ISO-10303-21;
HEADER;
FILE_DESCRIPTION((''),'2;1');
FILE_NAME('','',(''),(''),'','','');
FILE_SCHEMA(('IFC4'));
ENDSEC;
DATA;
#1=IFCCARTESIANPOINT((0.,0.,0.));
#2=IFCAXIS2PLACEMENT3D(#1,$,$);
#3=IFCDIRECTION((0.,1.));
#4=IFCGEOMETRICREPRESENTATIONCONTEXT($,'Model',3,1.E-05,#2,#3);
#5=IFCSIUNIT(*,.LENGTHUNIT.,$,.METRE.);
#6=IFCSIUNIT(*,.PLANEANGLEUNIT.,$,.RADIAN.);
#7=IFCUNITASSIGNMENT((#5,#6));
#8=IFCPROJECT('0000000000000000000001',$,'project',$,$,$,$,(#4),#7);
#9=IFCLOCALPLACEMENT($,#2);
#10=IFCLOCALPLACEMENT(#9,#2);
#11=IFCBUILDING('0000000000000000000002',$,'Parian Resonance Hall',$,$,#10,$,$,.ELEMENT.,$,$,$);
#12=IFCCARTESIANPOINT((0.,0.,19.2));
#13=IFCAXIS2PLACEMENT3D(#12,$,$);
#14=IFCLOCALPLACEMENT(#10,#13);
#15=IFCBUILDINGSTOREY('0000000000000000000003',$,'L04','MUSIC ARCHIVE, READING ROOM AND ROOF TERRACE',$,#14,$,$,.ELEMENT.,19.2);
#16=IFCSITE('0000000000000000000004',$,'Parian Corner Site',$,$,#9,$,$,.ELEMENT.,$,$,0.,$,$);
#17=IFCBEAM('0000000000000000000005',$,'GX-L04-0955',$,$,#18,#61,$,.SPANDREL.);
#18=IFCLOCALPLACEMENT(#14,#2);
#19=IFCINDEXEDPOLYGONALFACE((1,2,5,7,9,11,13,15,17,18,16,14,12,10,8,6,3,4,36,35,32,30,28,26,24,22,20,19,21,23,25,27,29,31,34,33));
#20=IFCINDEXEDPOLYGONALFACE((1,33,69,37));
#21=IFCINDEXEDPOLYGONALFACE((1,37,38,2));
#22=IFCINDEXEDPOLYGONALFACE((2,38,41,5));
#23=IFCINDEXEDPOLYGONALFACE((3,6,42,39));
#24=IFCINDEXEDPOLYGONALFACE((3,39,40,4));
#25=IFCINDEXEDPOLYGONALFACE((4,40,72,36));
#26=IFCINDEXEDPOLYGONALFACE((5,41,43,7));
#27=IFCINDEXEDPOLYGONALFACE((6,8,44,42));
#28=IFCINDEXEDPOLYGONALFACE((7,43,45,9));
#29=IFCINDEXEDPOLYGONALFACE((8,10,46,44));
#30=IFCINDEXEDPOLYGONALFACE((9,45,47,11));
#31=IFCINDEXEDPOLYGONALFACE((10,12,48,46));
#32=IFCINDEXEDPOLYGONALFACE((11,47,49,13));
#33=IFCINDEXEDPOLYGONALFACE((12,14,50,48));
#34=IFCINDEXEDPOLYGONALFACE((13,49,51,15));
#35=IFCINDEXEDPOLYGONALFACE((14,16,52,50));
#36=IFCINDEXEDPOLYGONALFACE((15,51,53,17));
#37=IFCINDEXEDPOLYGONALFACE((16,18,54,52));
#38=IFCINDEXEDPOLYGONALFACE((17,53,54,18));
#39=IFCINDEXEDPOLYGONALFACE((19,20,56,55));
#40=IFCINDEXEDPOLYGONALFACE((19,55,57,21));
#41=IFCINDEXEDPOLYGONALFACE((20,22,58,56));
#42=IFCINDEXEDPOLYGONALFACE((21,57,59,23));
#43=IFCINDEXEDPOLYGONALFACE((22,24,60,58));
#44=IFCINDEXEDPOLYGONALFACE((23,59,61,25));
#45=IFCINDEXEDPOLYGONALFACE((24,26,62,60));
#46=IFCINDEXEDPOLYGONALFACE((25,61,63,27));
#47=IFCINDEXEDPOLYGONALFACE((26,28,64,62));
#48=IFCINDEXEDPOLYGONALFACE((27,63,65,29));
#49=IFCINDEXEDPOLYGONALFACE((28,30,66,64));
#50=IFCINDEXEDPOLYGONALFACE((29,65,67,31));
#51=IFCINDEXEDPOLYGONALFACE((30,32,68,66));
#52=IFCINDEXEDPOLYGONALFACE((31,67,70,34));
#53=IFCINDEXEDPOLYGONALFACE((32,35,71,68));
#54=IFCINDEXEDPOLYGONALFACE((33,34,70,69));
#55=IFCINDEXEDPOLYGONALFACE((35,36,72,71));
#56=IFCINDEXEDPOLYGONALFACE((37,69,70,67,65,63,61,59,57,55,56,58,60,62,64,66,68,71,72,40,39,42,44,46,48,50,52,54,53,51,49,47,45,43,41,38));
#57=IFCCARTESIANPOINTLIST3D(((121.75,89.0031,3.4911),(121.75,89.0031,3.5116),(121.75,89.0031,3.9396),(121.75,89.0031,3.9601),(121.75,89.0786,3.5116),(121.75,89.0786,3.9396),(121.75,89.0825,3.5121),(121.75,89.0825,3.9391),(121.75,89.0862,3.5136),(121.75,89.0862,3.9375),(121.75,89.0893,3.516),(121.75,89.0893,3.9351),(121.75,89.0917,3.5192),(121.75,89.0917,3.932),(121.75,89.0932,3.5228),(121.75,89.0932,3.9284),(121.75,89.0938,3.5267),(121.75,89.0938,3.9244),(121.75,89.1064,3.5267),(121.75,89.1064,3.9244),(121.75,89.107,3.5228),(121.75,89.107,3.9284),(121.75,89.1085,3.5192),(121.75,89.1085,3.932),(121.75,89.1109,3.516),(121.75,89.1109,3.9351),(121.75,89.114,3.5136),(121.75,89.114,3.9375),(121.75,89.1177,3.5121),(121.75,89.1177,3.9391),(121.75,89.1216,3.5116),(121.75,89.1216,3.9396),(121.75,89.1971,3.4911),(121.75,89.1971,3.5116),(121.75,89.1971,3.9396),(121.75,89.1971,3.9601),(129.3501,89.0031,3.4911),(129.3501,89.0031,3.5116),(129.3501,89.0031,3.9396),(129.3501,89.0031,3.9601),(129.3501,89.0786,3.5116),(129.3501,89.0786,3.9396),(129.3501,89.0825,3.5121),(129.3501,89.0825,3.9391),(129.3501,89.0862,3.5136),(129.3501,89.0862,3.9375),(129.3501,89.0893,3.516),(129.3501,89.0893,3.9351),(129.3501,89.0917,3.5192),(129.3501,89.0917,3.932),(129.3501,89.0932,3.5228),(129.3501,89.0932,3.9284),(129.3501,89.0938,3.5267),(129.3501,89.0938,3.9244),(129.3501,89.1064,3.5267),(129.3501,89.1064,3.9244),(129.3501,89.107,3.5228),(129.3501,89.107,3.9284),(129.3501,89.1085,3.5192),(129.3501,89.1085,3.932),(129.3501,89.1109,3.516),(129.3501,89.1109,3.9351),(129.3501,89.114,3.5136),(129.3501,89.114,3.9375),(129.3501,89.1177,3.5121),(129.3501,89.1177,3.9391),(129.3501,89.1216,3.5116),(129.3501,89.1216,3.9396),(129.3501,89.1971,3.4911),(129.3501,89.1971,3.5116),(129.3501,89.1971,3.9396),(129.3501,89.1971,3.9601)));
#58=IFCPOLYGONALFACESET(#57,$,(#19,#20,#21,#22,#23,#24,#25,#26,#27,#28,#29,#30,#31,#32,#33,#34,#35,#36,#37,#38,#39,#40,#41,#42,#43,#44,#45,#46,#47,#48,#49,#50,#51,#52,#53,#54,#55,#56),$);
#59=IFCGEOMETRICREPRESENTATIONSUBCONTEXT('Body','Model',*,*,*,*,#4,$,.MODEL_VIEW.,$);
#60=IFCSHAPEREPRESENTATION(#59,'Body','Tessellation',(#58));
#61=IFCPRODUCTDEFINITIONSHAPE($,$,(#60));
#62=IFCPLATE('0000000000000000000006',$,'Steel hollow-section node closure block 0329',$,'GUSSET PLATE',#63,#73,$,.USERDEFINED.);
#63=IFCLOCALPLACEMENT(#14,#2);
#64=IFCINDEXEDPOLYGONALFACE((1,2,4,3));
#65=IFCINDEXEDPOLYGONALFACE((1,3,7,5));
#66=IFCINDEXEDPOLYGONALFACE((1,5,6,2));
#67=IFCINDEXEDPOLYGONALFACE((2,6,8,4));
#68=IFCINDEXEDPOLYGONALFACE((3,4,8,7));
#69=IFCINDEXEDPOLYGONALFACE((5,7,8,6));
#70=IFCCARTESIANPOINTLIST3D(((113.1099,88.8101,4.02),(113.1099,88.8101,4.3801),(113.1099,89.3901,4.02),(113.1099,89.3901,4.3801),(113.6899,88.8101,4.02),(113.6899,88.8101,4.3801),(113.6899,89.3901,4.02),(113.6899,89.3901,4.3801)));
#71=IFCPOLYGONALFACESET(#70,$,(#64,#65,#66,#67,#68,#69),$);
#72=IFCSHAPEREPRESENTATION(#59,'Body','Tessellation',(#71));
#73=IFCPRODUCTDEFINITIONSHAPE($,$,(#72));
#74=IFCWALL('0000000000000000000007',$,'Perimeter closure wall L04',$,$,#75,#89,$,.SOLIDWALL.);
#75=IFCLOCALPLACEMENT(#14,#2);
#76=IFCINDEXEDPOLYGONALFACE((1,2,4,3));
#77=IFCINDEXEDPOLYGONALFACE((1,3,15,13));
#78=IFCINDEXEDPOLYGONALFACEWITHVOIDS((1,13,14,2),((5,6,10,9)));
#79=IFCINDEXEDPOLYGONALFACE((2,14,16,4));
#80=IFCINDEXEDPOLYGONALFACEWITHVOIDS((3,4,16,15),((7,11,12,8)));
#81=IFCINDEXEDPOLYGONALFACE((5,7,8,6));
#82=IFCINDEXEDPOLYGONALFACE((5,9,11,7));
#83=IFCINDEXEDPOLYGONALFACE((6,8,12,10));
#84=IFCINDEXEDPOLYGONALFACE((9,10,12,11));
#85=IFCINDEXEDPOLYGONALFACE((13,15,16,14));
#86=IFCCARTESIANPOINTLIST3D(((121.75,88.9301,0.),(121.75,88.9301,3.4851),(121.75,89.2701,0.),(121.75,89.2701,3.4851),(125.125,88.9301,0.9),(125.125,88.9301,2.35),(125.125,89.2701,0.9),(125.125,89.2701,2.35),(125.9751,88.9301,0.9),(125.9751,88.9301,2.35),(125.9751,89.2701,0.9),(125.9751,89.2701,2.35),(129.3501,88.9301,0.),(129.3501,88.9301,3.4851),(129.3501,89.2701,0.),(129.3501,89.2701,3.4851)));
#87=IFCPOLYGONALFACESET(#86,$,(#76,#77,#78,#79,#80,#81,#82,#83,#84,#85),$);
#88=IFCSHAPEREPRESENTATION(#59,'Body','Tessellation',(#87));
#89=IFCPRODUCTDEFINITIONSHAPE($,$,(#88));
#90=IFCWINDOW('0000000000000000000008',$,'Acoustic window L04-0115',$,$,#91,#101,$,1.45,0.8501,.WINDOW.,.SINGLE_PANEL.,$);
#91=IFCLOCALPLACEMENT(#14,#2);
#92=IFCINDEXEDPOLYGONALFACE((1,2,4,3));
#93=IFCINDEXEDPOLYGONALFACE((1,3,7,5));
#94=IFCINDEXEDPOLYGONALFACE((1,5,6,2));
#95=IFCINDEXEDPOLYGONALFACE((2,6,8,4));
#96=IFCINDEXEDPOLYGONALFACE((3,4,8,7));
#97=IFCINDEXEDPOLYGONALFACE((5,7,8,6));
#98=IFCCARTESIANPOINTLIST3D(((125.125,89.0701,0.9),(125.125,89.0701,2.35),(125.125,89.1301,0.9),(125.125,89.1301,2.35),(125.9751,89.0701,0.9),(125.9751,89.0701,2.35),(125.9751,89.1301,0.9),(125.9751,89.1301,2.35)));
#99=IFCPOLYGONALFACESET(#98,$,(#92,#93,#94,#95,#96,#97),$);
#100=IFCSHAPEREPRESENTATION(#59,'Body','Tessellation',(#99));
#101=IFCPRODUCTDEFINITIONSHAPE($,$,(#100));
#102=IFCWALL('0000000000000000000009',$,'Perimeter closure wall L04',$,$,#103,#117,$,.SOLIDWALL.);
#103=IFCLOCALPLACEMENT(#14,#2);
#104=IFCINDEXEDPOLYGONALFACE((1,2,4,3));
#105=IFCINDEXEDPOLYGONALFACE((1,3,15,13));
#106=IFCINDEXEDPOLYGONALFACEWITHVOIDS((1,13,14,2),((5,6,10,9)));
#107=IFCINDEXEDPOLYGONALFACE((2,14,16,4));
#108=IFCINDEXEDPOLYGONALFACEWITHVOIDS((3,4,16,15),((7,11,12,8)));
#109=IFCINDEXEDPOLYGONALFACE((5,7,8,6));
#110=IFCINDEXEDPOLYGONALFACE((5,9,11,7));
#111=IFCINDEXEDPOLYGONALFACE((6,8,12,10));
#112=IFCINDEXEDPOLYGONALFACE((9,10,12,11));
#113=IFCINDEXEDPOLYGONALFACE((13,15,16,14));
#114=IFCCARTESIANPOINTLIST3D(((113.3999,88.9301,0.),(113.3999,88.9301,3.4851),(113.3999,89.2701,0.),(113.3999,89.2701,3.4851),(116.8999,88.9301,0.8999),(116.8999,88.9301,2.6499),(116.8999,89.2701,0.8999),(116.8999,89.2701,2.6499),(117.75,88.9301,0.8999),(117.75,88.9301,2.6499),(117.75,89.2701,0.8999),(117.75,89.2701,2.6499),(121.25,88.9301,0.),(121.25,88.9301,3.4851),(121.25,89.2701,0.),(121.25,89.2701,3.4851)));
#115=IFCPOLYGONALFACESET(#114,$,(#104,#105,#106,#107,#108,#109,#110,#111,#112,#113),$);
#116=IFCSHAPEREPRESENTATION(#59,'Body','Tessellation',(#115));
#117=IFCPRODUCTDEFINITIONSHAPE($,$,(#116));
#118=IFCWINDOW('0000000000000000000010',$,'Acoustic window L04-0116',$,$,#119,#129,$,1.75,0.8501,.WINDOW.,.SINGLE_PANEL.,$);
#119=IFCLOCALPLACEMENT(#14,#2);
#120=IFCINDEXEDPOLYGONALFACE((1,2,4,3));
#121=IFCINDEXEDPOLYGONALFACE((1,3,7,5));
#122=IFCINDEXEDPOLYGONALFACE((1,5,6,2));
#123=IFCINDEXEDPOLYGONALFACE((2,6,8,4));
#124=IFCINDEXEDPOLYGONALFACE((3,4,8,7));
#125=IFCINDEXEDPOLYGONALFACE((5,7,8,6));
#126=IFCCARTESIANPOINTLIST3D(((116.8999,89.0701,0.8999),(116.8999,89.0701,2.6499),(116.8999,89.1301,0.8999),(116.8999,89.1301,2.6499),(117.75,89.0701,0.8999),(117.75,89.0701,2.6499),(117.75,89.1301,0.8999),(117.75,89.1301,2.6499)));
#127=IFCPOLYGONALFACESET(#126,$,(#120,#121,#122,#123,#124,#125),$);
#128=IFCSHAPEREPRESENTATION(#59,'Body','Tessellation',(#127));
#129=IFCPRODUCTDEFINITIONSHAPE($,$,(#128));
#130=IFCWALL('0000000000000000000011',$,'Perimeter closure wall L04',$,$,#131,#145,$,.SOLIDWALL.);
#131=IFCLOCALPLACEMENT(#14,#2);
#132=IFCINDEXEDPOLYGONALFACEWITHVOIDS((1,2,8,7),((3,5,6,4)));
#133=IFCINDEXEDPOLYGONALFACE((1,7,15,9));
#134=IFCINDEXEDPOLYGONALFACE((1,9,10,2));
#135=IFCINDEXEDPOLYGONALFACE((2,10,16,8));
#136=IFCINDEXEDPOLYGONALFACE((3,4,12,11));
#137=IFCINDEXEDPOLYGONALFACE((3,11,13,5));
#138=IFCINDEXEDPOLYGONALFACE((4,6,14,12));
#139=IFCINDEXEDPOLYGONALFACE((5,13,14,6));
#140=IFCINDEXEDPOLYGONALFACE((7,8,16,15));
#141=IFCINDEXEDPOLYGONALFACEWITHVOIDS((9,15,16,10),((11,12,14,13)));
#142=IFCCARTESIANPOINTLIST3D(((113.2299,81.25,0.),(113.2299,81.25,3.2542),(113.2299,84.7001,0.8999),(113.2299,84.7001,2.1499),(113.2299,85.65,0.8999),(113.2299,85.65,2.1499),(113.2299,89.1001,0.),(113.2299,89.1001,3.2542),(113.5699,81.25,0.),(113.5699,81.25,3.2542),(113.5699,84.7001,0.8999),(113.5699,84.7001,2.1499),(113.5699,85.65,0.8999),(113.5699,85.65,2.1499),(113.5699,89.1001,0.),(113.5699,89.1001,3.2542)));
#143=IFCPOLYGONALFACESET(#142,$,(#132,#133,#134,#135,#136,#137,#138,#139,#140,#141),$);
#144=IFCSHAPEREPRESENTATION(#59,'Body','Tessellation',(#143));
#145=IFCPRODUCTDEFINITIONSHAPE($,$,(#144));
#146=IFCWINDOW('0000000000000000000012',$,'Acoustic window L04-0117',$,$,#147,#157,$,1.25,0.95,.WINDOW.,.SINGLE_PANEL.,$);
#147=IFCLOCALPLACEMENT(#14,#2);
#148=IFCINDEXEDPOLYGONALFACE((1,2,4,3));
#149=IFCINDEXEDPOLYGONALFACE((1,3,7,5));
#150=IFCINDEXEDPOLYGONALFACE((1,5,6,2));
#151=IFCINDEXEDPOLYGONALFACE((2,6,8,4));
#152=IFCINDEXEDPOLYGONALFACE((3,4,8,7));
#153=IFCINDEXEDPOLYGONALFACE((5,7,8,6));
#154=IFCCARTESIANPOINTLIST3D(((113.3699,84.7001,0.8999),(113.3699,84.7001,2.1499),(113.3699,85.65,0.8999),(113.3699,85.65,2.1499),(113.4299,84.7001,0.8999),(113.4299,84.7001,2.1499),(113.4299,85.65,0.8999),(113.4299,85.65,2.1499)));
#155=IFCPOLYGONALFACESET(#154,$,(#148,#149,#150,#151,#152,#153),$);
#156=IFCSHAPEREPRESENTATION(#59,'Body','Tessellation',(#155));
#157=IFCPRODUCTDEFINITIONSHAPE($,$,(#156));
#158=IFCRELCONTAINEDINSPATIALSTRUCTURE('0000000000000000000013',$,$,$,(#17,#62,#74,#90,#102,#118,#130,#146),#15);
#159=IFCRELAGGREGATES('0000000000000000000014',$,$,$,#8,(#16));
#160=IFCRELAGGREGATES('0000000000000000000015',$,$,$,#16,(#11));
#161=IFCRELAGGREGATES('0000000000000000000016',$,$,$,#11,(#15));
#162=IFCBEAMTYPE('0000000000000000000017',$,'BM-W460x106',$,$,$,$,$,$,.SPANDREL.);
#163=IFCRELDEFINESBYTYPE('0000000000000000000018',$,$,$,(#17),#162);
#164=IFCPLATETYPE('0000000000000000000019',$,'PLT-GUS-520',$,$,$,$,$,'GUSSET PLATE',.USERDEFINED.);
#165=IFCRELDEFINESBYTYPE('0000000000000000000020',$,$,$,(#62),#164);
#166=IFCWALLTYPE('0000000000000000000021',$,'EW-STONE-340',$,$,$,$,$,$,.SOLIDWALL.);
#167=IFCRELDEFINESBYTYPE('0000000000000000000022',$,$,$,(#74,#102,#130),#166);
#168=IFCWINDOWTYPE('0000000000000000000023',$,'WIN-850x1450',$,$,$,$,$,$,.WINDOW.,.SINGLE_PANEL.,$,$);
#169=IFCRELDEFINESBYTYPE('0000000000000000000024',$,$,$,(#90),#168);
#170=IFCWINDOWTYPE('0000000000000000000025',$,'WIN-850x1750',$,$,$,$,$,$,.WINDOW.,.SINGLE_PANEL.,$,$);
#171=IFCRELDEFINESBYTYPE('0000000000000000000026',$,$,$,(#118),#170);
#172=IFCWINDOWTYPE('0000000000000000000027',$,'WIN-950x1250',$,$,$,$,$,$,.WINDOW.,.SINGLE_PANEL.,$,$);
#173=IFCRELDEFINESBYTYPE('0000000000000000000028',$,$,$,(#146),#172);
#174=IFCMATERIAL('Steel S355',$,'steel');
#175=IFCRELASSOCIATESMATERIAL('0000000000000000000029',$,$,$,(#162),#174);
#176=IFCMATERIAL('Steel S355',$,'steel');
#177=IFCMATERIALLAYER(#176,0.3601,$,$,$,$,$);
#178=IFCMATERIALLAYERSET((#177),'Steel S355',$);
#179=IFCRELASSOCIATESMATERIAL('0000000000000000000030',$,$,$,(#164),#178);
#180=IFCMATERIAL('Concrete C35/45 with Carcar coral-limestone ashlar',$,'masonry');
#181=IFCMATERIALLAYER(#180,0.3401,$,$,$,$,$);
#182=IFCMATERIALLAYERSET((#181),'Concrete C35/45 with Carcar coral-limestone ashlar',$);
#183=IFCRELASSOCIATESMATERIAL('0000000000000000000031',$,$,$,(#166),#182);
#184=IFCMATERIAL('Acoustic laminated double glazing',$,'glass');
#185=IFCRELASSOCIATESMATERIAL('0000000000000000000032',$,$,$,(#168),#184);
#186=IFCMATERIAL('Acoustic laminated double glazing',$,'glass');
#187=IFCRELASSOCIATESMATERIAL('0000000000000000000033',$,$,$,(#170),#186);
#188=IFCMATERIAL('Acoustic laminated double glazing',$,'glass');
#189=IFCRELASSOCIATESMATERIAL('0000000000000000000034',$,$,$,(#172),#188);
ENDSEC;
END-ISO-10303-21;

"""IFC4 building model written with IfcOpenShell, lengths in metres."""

from ifc_helpers import new_model, si_unit, direction, frame, frame_2d, origin, origin_2d, place, context, subcontext, project, spatial, rectangle, i_section, extrude, material, layer, layer_set, material_profile, profile_set, type_object, element, fill, save


model = new_model("IFC4")

# Units and contexts
model_context = context("Model", 3, precision=1e-05, world=origin(), true_north=direction((0.0, 1.0)))
body_context = subcontext(model_context, "Body", "Model", "MODEL_VIEW")
ifc_project = project(units=[si_unit("LENGTHUNIT", "METRE"), si_unit("PLANEANGLEUNIT", "RADIAN")], contexts=[model_context])

# Site, building, storey
site_placement = place(None, origin())
site = spatial("IfcSite", under=ifc_project, at=site_placement, Name="Parian Corner Site", CompositionType="ELEMENT", RefElevation=0.0)
building_placement = place(site_placement, origin())
building = spatial("IfcBuilding", under=site, at=building_placement, Name="Parian Resonance Hall", CompositionType="ELEMENT")
storey_placement = place(building_placement, frame((0.0, 0.0, 19.2)))
storey = spatial("IfcBuildingStorey", under=building, at=storey_placement, Name="L04", Description="MUSIC ARCHIVE, READING ROOM AND ROOF TERRACE", CompositionType="ELEMENT", Elevation=19.2)

# Beam
ifc_material_1 = material(Name="Steel S355", Category="steel")
ifc_material_profile_1 = material_profile(ifc_material_1, i_section(OverallWidth=0.1941, OverallDepth=0.469, WebThickness=0.0127, FlangeThickness=0.0205, FilletRadius=0.0151, at=origin_2d()), Name="W460x106")
ifc_profile_set_1 = profile_set([ifc_material_profile_1], Name="Steel S355")
beam_type_1 = type_object("IfcBeamType", Name="BM-W460x106", PredefinedType="SPANDREL", material=ifc_profile_set_1)
beam_1_placement = place(storey_placement, frame((121.75, 89.1001, 3.7256), z_axis=(1.0, 0.0, 0.0), x_axis=(0.0, 1.0, 0.0)))
element("IfcBeam", 1, at=beam_1_placement, inside=storey, type_object=beam_type_1, Name="GX-L04-0955", PredefinedType="SPANDREL", context=body_context, shape_type="SweptSolid", body=[
    extrude(i_section(OverallWidth=0.1941, OverallDepth=0.469, WebThickness=0.0127, FlangeThickness=0.0205, FilletRadius=0.0151, at=origin_2d()), origin(), (0.0, 0.0, 1.0), 7.6001),
])

# Plate
ifc_material_2 = material(Name="Steel S355", Category="steel")
ifc_layer_1 = layer(ifc_material_2, 0.3601)
ifc_layer_set_1 = layer_set([ifc_layer_1], Name="Steel S355")
plate_type = type_object("IfcPlateType", Name="PLT-GUS-520", ElementType="GUSSET PLATE", PredefinedType="USERDEFINED", material=ifc_layer_set_1)
plate_placement = place(storey_placement, frame((113.3999, 89.1001, 4.02), z_axis=(0.0, 0.0, 1.0), x_axis=(1.0, 0.0, 0.0)))
element("IfcPlate", 2, at=plate_placement, inside=storey, type_object=plate_type, Name="Steel hollow-section node closure block 0329", ObjectType="GUSSET PLATE", PredefinedType="USERDEFINED", context=body_context, shape_type="SweptSolid", body=[
    extrude(rectangle(XDim=0.5801, YDim=0.5801, at=origin_2d()), origin(), (0.0, 0.0, 1.0), 0.3601),
])

# Walls, openings, windows
ifc_material_3 = material(Name="Concrete C35/45 with Carcar coral-limestone ashlar", Category="masonry")
ifc_layer_2 = layer(ifc_material_3, 0.3401)
ifc_layer_set_2 = layer_set([ifc_layer_2], Name="Concrete C35/45 with Carcar coral-limestone ashlar")
wall_type = type_object("IfcWallType", Name="EW-STONE-340", PredefinedType="SOLIDWALL", material=ifc_layer_set_2)
wall_1_placement = place(storey_placement, frame((129.3501, 89.1001, 0.0), z_axis=(0.0, 0.0, 1.0), x_axis=(-1.0, 0.0, 0.0)))
wall_1 = element("IfcWall", 3, at=wall_1_placement, inside=storey, type_object=wall_type, Name="Perimeter closure wall L04", PredefinedType="SOLIDWALL", context=body_context, shape_type="SweptSolid", body=[
    extrude(rectangle(XDim=7.6001, YDim=0.3401, at=frame_2d((3.8, 0.0))), origin(), (0.0, 0.0, 1.0), 3.4851),
])
opening_1_placement = place(wall_1_placement, frame((3.375, 0.0, 0.8999)))
opening_1 = element("IfcOpeningElement", 4, at=opening_1_placement, cuts=wall_1, PredefinedType="OPENING", context=body_context, shape_type="SweptSolid", body=[
    extrude(rectangle(XDim=0.8501, YDim=1.45, at=frame_2d((0.425, 0.7251))), frame((0.0, 0.1799, 0.0), z_axis=(0.0, -1.0, 0.0), x_axis=(1.0, 0.0, 0.0)), (0.0, 0.0, 1.0), 0.3601),
])
ifc_material_4 = material(Name="Acoustic laminated double glazing", Category="glass")
window_type_1 = type_object("IfcWindowType", Name="WIN-850x1450", PartitioningType="SINGLE_PANEL", PredefinedType="WINDOW", material=ifc_material_4)
window_1_placement = place(opening_1_placement, origin())
window_1 = element("IfcWindow", 5, at=window_1_placement, inside=storey, type_object=window_type_1, Name="Acoustic window L04-0115", OverallHeight=1.45, OverallWidth=0.8501, PartitioningType="SINGLE_PANEL", PredefinedType="WINDOW", context=body_context, shape_type="SweptSolid", body=[
    extrude(rectangle(XDim=0.8501, YDim=1.45, at=frame_2d((0.425, 0.7251))), frame((0.0, 0.03, 0.0), z_axis=(0.0, -1.0, 0.0), x_axis=(1.0, 0.0, 0.0)), (0.0, 0.0, 1.0), 0.0601),
])
fill(opening_1, window_1)
wall_2_placement = place(storey_placement, frame((121.25, 89.1001, 0.0), z_axis=(0.0, 0.0, 1.0), x_axis=(-1.0, 0.0, 0.0)))
wall_2 = element("IfcWall", 6, at=wall_2_placement, inside=storey, type_object=wall_type, Name="Perimeter closure wall L04", PredefinedType="SOLIDWALL", context=body_context, shape_type="SweptSolid", body=[
    extrude(rectangle(XDim=7.8501, YDim=0.3401, at=frame_2d((3.925, 0.0))), origin(), (0.0, 0.0, 1.0), 3.4851),
])
opening_2_placement = place(wall_2_placement, frame((3.5, 0.0, 0.8999)))
opening_2 = element("IfcOpeningElement", 7, at=opening_2_placement, cuts=wall_2, PredefinedType="OPENING", context=body_context, shape_type="SweptSolid", body=[
    extrude(rectangle(XDim=0.8501, YDim=1.75, at=frame_2d((0.425, 0.875))), frame((0.0, 0.1799, 0.0), z_axis=(0.0, -1.0, 0.0), x_axis=(1.0, 0.0, 0.0)), (0.0, 0.0, 1.0), 0.3601),
])
ifc_material_5 = material(Name="Acoustic laminated double glazing", Category="glass")
window_type_2 = type_object("IfcWindowType", Name="WIN-850x1750", PartitioningType="SINGLE_PANEL", PredefinedType="WINDOW", material=ifc_material_5)
window_2_placement = place(opening_2_placement, origin())
window_2 = element("IfcWindow", 8, at=window_2_placement, inside=storey, type_object=window_type_2, Name="Acoustic window L04-0116", OverallHeight=1.75, OverallWidth=0.8501, PartitioningType="SINGLE_PANEL", PredefinedType="WINDOW", context=body_context, shape_type="SweptSolid", body=[
    extrude(rectangle(XDim=0.8501, YDim=1.75, at=frame_2d((0.425, 0.875))), frame((0.0, 0.03, 0.0), z_axis=(0.0, -1.0, 0.0), x_axis=(1.0, 0.0, 0.0)), (0.0, 0.0, 1.0), 0.0601),
])
fill(opening_2, window_2)
wall_3_placement = place(storey_placement, frame((113.3999, 89.1001, 0.0), z_axis=(0.0, 0.0, 1.0), x_axis=(0.0, -1.0, 0.0)))
wall_3 = element("IfcWall", 9, at=wall_3_placement, inside=storey, type_object=wall_type, Name="Perimeter closure wall L04", PredefinedType="SOLIDWALL", context=body_context, shape_type="SweptSolid", body=[
    extrude(rectangle(XDim=7.8501, YDim=0.3401, at=frame_2d((3.925, 0.0))), origin(), (0.0, 0.0, 1.0), 3.2542),
])
opening_3_placement = place(wall_3_placement, frame((3.45, 0.0, 0.8999)))
opening_3 = element("IfcOpeningElement", 10, at=opening_3_placement, cuts=wall_3, PredefinedType="OPENING", context=body_context, shape_type="SweptSolid", body=[
    extrude(rectangle(XDim=0.95, YDim=1.25, at=frame_2d((0.4751, 0.625))), frame((0.0, 0.1799, 0.0), z_axis=(0.0, -1.0, 0.0), x_axis=(1.0, 0.0, 0.0)), (0.0, 0.0, 1.0), 0.3601),
])
ifc_material_6 = material(Name="Acoustic laminated double glazing", Category="glass")
window_type_3 = type_object("IfcWindowType", Name="WIN-950x1250", PartitioningType="SINGLE_PANEL", PredefinedType="WINDOW", material=ifc_material_6)
window_3_placement = place(opening_3_placement, origin())
window_3 = element("IfcWindow", 11, at=window_3_placement, inside=storey, type_object=window_type_3, Name="Acoustic window L04-0117", OverallHeight=1.25, OverallWidth=0.95, PartitioningType="SINGLE_PANEL", PredefinedType="WINDOW", context=body_context, shape_type="SweptSolid", body=[
    extrude(rectangle(XDim=0.95, YDim=1.25, at=frame_2d((0.4751, 0.625))), frame((0.0, 0.03, 0.0), z_axis=(0.0, -1.0, 0.0), x_axis=(1.0, 0.0, 0.0)), (0.0, 0.0, 1.0), 0.0601),
])
fill(opening_3, window_3)

save(model, "model.ifc")
